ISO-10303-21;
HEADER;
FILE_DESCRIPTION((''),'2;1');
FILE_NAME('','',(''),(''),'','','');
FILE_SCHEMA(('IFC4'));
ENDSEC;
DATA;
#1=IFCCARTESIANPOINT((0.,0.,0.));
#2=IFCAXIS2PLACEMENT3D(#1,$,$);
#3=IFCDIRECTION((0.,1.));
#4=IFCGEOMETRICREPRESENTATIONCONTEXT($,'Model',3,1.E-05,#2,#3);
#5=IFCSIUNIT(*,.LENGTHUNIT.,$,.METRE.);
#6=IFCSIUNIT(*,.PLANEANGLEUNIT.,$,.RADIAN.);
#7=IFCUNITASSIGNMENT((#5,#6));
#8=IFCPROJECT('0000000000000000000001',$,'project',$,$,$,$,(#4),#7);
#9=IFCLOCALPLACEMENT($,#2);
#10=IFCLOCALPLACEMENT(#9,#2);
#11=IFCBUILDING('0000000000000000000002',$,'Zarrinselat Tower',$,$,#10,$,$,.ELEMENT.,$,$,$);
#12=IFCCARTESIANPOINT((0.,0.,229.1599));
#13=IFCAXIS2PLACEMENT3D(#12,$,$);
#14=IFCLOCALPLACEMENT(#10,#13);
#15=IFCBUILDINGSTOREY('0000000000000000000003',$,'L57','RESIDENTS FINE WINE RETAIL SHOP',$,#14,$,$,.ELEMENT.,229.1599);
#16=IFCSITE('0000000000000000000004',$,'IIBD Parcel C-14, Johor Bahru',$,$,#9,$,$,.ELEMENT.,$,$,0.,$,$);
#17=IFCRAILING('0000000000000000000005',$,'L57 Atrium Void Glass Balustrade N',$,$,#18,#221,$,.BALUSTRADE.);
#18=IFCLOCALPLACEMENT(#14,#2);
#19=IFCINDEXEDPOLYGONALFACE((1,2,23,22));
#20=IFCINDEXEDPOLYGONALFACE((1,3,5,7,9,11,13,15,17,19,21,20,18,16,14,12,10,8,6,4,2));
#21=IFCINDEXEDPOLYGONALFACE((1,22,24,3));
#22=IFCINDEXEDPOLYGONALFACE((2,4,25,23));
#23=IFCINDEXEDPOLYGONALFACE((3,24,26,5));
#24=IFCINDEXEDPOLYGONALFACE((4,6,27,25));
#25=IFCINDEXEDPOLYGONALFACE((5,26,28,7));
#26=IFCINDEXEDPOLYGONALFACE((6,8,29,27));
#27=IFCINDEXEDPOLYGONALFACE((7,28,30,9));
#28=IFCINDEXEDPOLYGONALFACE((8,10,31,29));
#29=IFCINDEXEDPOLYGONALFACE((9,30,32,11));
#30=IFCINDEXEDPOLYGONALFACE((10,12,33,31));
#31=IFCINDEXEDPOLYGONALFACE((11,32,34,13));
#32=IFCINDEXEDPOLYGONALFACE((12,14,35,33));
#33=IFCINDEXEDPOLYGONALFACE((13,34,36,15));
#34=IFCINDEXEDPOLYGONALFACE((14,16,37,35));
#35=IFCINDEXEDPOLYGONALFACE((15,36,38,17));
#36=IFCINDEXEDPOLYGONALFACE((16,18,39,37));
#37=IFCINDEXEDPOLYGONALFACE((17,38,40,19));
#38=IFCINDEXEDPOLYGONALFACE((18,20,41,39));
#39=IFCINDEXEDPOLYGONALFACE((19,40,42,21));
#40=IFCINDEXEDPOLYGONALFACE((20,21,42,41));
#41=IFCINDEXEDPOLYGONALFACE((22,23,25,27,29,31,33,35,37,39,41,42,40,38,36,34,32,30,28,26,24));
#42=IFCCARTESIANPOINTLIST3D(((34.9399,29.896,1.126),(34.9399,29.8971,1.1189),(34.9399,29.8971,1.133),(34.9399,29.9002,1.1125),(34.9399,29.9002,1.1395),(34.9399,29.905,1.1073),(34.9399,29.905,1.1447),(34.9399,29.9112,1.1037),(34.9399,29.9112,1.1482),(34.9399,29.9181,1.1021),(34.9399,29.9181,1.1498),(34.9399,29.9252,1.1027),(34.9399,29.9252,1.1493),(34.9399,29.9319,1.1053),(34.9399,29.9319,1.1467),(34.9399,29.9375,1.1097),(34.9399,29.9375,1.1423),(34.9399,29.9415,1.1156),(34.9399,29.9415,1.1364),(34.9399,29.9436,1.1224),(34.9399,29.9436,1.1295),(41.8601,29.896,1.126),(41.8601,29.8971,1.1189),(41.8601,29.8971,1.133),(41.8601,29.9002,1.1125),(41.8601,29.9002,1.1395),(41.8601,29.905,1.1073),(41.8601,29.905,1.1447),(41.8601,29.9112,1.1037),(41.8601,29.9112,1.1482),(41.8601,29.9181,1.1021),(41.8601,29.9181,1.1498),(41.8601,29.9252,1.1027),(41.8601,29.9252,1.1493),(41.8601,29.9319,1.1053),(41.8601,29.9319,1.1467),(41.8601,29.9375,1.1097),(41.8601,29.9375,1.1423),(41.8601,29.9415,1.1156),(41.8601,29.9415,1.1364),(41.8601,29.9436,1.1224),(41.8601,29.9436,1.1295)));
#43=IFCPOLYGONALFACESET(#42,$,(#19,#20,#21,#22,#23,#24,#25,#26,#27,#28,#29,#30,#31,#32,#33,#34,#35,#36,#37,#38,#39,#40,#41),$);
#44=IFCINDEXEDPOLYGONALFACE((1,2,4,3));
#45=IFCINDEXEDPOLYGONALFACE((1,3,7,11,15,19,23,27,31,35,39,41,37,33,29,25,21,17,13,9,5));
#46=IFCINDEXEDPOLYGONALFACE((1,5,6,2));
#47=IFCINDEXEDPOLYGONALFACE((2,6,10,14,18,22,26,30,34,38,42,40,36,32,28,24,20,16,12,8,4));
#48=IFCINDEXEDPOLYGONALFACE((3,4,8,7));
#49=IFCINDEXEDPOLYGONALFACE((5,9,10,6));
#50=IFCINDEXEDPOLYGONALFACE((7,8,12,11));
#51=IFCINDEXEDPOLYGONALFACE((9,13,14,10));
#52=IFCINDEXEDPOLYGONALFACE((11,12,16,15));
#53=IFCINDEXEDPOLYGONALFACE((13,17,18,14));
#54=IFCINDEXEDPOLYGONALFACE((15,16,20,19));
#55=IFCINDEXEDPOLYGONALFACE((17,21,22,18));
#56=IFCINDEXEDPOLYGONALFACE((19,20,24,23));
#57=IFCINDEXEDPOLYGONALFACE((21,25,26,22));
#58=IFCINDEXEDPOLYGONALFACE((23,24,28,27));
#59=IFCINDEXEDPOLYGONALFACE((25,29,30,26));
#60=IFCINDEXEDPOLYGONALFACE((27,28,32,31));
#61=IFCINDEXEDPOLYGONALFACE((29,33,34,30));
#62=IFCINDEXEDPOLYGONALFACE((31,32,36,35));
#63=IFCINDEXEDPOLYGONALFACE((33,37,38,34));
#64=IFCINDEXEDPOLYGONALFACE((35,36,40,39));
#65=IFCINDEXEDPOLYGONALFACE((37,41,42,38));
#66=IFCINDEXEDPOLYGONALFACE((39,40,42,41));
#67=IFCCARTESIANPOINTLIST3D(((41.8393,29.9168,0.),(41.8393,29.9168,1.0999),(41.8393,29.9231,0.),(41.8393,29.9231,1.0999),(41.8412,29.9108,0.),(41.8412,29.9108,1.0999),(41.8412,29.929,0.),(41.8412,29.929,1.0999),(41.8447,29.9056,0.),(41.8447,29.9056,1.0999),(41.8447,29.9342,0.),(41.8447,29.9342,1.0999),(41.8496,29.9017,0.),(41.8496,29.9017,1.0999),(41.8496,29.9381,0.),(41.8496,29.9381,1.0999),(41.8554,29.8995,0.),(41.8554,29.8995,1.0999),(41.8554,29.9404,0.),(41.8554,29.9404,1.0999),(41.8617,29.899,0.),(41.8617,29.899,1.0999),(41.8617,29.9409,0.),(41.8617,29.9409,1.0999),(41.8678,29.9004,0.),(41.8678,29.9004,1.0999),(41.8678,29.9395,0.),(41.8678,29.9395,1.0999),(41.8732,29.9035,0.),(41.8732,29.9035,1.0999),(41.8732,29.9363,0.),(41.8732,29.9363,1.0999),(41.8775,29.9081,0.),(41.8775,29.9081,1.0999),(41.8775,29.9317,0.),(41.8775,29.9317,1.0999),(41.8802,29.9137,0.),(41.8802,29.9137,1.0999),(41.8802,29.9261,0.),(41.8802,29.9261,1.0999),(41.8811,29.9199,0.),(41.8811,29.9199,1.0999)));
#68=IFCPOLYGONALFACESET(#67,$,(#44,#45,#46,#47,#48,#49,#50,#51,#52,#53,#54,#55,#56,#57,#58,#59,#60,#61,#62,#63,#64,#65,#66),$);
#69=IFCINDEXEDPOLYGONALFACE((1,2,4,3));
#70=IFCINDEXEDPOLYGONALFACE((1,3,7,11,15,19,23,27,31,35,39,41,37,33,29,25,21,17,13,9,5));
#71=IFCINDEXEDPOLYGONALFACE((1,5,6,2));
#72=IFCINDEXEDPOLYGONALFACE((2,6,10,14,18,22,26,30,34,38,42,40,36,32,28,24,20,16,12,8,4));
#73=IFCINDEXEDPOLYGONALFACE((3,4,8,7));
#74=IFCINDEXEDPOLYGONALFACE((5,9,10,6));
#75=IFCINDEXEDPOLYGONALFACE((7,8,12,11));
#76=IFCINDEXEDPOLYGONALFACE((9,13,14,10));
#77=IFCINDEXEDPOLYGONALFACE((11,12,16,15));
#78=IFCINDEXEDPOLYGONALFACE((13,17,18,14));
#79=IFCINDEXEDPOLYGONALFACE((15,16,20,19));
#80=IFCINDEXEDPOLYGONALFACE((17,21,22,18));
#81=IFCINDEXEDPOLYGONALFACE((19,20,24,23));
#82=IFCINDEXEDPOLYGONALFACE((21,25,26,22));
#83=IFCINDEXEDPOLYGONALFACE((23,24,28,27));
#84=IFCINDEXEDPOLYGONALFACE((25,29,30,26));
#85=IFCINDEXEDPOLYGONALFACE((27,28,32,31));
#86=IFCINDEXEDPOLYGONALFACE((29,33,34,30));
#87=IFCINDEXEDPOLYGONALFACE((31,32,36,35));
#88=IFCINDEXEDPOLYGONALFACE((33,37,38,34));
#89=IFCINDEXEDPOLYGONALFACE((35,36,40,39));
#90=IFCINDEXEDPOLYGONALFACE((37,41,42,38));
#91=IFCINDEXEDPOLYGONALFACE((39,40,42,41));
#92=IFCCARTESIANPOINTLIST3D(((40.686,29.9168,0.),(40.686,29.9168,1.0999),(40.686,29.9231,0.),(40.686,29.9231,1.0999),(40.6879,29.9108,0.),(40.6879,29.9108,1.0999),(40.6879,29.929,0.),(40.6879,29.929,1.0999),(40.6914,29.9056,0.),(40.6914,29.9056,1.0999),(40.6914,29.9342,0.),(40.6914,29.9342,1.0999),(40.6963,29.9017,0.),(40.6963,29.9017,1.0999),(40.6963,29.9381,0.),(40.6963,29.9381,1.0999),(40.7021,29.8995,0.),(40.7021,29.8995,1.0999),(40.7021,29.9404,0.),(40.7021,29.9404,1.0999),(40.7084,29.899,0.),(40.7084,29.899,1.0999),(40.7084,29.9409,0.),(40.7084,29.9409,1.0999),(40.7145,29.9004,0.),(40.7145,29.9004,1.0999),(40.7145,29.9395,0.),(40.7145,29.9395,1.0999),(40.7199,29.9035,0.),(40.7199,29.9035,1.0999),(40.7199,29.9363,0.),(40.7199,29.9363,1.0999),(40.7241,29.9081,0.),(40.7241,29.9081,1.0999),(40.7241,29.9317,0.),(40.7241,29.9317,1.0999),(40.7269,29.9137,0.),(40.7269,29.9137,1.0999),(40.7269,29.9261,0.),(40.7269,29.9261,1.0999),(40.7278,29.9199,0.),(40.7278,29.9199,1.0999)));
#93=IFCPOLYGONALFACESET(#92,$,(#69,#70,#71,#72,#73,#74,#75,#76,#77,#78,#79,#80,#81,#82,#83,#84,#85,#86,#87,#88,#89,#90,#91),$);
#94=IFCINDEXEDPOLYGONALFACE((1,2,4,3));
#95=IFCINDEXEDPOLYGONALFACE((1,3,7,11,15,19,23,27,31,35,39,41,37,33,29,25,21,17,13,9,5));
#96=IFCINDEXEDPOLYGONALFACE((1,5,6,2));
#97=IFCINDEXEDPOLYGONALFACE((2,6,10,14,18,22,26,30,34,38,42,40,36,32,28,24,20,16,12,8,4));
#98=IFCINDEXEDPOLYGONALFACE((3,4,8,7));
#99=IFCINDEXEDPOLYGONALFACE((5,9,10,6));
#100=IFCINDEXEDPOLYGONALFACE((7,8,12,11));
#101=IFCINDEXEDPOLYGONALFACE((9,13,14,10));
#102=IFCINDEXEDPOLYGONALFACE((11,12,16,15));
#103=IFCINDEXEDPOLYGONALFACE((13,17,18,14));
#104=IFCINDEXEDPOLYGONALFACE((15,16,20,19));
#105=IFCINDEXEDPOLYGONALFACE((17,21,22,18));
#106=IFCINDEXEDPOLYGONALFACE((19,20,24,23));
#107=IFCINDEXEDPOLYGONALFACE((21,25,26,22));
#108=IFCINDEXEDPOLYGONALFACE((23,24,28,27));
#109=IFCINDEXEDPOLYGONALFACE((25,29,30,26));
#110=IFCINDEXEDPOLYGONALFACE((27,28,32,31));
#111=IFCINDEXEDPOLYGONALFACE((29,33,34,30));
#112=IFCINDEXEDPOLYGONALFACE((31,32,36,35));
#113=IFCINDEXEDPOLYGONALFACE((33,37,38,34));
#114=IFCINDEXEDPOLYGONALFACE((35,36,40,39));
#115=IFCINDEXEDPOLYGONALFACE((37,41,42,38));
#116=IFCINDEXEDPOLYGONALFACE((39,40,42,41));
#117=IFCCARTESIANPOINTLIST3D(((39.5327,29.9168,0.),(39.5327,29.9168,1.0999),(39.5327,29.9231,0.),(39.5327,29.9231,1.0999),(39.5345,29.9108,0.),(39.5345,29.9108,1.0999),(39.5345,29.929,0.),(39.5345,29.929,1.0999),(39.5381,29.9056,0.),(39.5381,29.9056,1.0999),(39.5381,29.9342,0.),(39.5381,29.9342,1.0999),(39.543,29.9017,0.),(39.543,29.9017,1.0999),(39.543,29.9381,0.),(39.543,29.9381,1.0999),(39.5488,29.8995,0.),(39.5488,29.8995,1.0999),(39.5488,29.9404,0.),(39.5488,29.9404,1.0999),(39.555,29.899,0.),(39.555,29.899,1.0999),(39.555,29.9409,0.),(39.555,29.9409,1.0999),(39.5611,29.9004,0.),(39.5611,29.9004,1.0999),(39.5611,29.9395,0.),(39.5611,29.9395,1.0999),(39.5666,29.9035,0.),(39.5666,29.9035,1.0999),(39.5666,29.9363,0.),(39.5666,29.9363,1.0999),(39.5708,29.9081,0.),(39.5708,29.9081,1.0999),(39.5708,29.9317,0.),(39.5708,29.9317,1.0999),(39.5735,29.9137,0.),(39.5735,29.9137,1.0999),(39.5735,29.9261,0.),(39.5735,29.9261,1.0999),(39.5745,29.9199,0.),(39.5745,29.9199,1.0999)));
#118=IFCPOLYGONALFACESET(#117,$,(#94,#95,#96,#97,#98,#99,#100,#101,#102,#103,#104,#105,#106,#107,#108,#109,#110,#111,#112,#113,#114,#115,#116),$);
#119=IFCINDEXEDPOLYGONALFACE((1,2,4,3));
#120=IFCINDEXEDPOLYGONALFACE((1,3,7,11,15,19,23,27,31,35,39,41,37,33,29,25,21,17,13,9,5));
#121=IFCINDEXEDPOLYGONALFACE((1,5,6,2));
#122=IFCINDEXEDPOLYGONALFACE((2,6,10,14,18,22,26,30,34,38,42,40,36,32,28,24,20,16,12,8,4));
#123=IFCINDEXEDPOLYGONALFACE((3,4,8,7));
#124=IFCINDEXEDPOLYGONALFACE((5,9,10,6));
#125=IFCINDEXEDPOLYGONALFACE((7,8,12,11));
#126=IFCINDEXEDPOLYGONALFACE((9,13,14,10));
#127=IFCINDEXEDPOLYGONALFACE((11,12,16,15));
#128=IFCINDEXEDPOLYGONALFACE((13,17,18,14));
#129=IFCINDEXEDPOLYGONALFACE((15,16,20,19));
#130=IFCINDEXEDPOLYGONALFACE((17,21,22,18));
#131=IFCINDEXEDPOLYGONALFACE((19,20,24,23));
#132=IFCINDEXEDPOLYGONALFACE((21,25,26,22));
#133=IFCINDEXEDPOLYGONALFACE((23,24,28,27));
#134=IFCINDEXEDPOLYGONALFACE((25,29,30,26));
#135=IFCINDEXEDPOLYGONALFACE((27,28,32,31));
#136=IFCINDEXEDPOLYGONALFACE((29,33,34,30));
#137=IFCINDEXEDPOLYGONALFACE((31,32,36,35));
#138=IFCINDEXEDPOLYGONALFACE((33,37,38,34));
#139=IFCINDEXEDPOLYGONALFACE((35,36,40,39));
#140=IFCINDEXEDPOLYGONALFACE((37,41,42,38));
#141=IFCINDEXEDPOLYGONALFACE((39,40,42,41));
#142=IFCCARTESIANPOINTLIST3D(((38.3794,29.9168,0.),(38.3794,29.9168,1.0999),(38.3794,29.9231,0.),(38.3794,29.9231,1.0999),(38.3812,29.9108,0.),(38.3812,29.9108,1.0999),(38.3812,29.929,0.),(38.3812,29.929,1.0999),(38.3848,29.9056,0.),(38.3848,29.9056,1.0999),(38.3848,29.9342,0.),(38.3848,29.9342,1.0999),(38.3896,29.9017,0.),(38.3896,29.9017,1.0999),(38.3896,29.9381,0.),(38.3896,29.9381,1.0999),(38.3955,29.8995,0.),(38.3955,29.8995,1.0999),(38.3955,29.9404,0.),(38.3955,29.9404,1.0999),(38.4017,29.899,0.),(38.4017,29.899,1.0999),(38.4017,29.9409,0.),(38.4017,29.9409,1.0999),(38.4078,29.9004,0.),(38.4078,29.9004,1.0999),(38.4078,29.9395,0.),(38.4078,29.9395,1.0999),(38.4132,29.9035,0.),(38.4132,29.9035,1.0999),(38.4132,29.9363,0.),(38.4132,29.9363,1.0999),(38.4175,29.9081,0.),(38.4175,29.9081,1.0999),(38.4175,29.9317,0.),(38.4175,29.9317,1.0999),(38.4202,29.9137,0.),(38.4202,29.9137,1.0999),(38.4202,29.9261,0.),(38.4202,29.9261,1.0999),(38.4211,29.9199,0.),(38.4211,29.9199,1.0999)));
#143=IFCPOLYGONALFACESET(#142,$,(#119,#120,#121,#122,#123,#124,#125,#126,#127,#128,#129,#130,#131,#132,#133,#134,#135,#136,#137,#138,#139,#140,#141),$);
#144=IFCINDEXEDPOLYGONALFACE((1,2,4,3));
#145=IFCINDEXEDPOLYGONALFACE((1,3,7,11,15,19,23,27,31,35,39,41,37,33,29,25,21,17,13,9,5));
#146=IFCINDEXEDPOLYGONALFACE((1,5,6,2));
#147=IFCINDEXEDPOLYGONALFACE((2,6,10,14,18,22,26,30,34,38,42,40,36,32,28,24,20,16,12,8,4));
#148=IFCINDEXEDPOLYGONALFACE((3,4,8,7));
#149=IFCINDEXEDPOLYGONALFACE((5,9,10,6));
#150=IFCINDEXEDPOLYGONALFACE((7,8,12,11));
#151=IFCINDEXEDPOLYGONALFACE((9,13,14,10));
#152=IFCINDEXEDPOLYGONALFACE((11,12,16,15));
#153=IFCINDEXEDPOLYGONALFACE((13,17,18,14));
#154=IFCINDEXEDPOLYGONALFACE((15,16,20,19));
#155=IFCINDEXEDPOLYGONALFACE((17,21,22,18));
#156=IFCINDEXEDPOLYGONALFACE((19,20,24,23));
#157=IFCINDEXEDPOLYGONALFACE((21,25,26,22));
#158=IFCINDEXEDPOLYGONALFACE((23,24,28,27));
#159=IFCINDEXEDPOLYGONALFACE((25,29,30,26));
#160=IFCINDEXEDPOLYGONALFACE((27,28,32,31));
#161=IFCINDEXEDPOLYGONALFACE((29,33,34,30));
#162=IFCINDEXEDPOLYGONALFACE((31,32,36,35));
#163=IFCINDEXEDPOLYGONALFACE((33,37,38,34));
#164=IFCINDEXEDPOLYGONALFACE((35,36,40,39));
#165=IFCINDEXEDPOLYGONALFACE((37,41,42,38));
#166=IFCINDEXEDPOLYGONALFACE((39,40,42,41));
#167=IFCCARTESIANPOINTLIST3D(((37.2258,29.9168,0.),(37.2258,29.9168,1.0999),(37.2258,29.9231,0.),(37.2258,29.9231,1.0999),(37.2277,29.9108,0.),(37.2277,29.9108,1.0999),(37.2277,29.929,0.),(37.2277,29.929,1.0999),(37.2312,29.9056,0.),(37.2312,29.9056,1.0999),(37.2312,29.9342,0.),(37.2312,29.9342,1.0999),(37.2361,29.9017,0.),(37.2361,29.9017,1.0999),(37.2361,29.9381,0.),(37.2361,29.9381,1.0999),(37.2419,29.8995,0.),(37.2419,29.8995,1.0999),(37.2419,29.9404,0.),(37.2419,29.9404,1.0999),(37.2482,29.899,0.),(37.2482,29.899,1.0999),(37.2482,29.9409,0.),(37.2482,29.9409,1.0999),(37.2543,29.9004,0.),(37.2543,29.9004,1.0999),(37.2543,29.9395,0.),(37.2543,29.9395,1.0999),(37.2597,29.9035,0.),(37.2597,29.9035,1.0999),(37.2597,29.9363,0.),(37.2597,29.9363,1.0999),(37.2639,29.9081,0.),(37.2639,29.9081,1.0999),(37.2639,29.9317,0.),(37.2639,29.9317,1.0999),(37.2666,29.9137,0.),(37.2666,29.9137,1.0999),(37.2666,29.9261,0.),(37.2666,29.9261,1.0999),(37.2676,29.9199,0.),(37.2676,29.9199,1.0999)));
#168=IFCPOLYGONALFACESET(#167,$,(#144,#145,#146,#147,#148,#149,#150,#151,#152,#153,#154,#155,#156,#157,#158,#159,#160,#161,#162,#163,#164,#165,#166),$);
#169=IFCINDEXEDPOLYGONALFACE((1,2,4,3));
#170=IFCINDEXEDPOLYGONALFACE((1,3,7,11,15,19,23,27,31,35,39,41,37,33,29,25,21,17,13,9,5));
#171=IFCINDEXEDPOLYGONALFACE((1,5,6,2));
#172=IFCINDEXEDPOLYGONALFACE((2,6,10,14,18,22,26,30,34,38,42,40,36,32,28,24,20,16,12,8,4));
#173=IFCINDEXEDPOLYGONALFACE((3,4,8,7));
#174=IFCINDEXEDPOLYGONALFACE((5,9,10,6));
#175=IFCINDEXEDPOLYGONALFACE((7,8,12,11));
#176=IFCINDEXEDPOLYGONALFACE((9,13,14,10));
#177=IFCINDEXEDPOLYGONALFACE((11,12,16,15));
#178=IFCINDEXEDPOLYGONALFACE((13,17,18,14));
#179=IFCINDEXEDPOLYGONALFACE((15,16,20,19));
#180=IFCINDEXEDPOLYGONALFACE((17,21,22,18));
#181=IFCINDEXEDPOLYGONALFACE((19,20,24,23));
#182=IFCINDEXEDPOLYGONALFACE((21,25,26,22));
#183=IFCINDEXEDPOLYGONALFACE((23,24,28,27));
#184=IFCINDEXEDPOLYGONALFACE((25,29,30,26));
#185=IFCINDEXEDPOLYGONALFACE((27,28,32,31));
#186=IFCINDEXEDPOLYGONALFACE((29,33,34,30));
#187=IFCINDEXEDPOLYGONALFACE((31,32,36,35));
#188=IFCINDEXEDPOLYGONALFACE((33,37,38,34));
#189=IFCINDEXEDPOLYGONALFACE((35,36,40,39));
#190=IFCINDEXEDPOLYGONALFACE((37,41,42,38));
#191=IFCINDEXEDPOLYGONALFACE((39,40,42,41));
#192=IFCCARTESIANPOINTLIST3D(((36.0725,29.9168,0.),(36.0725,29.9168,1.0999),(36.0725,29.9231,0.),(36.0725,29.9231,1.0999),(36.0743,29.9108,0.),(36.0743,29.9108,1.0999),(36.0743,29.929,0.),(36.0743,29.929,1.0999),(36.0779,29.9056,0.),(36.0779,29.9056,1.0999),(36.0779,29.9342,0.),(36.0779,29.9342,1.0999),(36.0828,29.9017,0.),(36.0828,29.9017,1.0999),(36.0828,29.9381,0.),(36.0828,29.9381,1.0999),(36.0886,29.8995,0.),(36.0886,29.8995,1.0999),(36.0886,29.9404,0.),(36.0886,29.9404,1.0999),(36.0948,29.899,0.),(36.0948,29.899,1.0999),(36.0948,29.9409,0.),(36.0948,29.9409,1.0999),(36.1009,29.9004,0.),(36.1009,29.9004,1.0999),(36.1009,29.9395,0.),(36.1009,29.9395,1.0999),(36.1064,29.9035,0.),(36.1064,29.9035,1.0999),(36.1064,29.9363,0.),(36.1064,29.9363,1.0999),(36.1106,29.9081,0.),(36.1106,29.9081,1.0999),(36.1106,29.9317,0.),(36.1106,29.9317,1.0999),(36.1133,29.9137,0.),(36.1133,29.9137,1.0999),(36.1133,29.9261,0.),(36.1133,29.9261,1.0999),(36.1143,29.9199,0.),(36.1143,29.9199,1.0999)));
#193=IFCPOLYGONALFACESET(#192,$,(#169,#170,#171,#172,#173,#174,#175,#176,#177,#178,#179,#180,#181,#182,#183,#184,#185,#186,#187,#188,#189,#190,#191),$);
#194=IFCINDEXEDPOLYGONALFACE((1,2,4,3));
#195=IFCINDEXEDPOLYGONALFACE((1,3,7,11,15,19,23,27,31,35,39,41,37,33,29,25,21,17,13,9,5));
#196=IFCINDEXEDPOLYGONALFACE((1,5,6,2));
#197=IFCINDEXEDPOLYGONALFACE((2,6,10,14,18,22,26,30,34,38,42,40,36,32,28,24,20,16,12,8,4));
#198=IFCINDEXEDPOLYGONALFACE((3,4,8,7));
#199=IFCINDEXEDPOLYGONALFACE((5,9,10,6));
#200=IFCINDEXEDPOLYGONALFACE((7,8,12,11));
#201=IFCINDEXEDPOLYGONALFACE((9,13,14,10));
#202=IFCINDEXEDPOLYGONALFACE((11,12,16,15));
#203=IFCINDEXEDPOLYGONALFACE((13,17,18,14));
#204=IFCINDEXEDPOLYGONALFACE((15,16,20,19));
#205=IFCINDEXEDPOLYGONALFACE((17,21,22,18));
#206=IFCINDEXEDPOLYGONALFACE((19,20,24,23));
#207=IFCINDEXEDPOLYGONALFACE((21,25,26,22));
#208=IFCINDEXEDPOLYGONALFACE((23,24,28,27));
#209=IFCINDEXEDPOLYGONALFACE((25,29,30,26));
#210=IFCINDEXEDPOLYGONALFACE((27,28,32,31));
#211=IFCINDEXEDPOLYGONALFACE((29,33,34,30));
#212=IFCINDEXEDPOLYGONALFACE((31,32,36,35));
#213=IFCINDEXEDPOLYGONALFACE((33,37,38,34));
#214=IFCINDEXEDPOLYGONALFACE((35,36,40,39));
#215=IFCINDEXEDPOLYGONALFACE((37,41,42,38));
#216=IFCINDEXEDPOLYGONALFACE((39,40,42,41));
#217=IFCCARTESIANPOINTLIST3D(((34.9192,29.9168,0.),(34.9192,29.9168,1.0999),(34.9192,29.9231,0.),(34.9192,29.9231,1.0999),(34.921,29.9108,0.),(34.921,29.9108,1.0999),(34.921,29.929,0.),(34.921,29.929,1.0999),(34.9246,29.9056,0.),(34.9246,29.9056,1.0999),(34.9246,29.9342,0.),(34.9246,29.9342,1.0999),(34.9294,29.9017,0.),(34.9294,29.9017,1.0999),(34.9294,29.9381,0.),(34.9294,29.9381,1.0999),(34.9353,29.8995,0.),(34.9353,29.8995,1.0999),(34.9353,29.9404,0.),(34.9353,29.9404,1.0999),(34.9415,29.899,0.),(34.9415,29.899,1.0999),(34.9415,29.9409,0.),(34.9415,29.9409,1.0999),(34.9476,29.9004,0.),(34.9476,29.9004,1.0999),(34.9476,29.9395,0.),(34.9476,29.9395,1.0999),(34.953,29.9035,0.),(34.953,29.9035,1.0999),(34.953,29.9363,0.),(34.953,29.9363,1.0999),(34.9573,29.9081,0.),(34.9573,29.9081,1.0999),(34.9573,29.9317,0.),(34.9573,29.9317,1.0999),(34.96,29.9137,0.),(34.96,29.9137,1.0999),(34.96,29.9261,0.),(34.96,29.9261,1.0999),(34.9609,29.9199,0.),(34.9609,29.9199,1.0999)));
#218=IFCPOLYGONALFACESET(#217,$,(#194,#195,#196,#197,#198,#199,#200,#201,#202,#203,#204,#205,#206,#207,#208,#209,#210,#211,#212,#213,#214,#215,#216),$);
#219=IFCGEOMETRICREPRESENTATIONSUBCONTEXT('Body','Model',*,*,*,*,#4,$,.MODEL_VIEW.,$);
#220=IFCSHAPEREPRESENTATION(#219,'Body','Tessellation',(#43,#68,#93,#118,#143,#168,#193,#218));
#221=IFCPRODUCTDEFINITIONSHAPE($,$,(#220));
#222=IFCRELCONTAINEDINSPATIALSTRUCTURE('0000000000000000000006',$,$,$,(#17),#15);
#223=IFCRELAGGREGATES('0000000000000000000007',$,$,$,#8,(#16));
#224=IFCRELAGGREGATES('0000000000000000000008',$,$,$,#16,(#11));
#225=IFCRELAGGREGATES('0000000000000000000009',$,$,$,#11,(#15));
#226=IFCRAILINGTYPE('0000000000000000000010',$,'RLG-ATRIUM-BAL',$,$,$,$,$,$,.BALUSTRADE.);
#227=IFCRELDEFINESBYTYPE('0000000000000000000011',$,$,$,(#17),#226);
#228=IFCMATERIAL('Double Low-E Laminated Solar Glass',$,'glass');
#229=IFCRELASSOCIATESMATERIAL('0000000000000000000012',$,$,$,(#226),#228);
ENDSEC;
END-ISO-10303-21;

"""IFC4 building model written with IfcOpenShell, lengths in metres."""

from ifc_helpers import new_model, si_unit, direction, frame, origin, origin_2d, place, context, subcontext, project, spatial, circle, extrude, material, type_object, element, save


model = new_model("IFC4")

# Units and contexts
model_context = context("Model", 3, precision=1e-05, world=origin(), true_north=direction((0.0, 1.0)))
body_context = subcontext(model_context, "Body", "Model", "MODEL_VIEW")
ifc_project = project(units=[si_unit("LENGTHUNIT", "METRE"), si_unit("PLANEANGLEUNIT", "RADIAN")], contexts=[model_context])

# Site, building, storey
site_placement = place(None, origin())
site = spatial("IfcSite", under=ifc_project, at=site_placement, Name="IIBD Parcel C-14, Johor Bahru", CompositionType="ELEMENT", RefElevation=0.0)
building_placement = place(site_placement, origin())
building = spatial("IfcBuilding", under=site, at=building_placement, Name="Zarrinselat Tower", CompositionType="ELEMENT")
storey_placement = place(building_placement, frame((0.0, 0.0, 229.1599)))
storey = spatial("IfcBuildingStorey", under=building, at=storey_placement, Name="L57", Description="RESIDENTS FINE WINE RETAIL SHOP", CompositionType="ELEMENT", Elevation=229.1599)

# Railing
ifc_material_1 = material(Name="Double Low-E Laminated Solar Glass", Category="glass")
railing_type_1 = type_object("IfcRailingType", Name="RLG-ATRIUM-BAL", PredefinedType="BALUSTRADE", material=ifc_material_1)
railing_1_placement = place(storey_placement, frame((41.8601, 29.9199, 0.0)))
element("IfcRailing", 1, at=railing_1_placement, inside=storey, type_object=railing_type_1, Name="L57 Atrium Void Glass Balustrade N", PredefinedType="BALUSTRADE", context=body_context, shape_type="SweptSolid", body=[
    extrude(circle(Radius=0.0239, at=origin_2d()), frame((0.0, 0.0, 1.126), z_axis=(-1.0, 0.0, 0.0), x_axis=(0.0, -1.0, 0.0)), (0.0, 0.0, 1.0), 6.9202),
    extrude(circle(Radius=0.021, at=origin_2d()), origin(), (0.0, 0.0, 1.0), 1.0999),
    extrude(circle(Radius=0.021, at=origin_2d()), frame((-1.1533, 0.0, 0.0)), (0.0, 0.0, 1.0), 1.0999),
    extrude(circle(Radius=0.021, at=origin_2d()), frame((-2.3066, 0.0, 0.0)), (0.0, 0.0, 1.0), 1.0999),
    extrude(circle(Radius=0.021, at=origin_2d()), frame((-3.46, 0.0, 0.0)), (0.0, 0.0, 1.0), 1.0999),
    extrude(circle(Radius=0.021, at=origin_2d()), frame((-4.6135, 0.0, 0.0)), (0.0, 0.0, 1.0), 1.0999),
    extrude(circle(Radius=0.021, at=origin_2d()), frame((-5.7668, 0.0, 0.0)), (0.0, 0.0, 1.0), 1.0999),
    extrude(circle(Radius=0.021, at=origin_2d()), frame((-6.9202, 0.0, 0.0)), (0.0, 0.0, 1.0), 1.0999),
])

save(model, "model.ifc")
